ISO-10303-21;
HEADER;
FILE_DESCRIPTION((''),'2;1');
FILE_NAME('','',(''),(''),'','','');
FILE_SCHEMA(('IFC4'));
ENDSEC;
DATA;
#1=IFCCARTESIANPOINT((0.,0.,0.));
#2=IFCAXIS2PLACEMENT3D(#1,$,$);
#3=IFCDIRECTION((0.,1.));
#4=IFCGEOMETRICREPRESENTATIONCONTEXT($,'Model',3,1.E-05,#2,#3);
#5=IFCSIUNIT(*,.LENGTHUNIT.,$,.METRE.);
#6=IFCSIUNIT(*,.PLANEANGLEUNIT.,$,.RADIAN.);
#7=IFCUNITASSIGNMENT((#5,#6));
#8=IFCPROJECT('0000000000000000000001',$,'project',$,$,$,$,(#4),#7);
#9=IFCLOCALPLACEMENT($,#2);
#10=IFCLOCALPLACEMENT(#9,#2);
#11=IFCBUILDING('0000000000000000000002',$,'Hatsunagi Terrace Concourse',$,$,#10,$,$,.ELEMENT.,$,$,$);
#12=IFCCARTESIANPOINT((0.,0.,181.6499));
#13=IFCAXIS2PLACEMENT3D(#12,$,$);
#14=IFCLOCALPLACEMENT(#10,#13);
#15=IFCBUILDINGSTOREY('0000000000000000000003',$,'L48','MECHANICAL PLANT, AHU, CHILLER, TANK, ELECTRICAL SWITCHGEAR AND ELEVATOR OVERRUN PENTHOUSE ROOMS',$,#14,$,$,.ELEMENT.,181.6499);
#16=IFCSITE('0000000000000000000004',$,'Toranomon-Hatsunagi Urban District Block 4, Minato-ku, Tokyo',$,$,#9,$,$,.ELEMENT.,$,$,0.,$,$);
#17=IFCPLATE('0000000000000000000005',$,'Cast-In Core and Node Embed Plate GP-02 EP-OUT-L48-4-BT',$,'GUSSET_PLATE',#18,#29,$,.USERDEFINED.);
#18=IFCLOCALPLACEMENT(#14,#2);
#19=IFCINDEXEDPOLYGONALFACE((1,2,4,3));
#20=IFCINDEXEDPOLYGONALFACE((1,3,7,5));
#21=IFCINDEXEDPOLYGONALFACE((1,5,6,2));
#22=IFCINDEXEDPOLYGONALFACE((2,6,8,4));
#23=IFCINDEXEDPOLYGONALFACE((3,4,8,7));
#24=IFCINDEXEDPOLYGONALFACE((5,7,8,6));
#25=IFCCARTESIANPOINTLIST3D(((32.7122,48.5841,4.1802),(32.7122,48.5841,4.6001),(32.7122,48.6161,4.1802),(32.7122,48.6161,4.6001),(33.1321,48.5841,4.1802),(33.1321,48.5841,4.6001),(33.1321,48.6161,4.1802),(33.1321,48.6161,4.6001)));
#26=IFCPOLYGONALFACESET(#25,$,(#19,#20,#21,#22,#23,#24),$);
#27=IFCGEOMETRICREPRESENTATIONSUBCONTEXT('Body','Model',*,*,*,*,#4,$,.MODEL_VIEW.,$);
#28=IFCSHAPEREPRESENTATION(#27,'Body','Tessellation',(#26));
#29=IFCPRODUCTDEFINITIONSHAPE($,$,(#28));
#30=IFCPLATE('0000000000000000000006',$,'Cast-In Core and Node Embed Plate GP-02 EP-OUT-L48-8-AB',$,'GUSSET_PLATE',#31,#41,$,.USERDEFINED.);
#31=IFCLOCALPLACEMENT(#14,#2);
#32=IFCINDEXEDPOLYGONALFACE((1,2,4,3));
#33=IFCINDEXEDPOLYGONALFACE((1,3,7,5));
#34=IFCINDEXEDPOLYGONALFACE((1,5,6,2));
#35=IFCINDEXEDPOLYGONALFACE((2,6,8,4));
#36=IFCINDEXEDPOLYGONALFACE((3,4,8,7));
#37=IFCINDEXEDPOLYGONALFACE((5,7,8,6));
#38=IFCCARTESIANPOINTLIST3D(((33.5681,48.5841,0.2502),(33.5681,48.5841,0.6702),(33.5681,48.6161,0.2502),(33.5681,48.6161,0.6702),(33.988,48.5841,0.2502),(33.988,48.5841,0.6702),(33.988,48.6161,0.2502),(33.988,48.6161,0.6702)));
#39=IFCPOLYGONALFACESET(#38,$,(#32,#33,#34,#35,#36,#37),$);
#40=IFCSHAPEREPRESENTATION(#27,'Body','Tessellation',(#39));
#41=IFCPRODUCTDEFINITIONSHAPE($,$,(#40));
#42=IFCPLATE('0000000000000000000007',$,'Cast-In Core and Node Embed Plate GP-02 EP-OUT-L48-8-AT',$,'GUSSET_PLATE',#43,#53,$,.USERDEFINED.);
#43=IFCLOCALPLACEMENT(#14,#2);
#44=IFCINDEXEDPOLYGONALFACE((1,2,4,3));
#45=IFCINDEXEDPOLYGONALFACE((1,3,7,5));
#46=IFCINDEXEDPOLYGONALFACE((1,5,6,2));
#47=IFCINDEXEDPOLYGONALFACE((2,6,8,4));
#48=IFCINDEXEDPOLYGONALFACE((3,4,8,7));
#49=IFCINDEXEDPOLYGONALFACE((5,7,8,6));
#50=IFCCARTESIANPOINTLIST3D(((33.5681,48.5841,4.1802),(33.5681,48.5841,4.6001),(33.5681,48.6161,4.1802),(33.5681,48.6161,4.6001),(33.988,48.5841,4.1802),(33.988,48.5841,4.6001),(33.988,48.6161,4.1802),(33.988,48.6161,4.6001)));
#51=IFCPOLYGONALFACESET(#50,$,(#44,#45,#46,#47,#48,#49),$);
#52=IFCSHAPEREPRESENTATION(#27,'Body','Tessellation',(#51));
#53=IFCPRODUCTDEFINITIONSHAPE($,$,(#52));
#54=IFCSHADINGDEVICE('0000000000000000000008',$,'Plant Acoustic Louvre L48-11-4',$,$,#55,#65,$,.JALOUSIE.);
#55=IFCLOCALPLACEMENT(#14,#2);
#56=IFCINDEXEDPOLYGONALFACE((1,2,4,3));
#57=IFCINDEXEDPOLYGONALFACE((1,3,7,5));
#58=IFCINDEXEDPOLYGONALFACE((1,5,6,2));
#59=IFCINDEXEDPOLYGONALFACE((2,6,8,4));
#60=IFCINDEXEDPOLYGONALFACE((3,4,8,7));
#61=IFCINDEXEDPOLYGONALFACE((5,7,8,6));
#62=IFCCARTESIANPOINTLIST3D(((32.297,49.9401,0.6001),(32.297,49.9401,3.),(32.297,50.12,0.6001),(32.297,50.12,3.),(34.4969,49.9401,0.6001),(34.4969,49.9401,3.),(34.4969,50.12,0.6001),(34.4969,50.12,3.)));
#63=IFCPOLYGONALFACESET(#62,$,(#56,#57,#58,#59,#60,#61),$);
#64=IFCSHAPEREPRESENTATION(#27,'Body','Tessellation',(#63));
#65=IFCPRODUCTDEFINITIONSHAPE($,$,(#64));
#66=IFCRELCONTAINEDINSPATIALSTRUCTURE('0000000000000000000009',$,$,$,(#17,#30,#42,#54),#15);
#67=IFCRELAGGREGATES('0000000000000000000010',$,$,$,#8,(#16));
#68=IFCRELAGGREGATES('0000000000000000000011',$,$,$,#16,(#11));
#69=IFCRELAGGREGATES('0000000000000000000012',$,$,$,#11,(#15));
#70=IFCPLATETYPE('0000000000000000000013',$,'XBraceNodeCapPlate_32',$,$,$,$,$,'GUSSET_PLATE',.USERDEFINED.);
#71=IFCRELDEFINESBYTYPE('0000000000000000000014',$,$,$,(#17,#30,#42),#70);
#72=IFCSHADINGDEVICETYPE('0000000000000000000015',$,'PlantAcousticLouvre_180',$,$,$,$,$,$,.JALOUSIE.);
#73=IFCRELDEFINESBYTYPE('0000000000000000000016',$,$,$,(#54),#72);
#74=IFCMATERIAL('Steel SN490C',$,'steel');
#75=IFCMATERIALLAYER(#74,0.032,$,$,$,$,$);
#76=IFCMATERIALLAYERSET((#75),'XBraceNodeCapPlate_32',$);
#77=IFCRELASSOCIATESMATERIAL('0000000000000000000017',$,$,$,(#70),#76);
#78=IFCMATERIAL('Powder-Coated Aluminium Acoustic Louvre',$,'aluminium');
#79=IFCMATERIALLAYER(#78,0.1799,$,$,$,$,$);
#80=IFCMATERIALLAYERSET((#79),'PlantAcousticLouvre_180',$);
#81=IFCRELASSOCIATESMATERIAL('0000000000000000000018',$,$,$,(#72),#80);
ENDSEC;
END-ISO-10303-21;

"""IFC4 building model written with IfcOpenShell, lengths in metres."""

from ifc_helpers import new_model, si_unit, direction, frame, origin, origin_2d, place, context, subcontext, project, spatial, rectangle, extrude, material, layer, layer_set, type_object, element, save


model = new_model("IFC4")

# Units and contexts
model_context = context("Model", 3, precision=1e-05, world=origin(), true_north=direction((0.0, 1.0)))
body_context = subcontext(model_context, "Body", "Model", "MODEL_VIEW")
ifc_project = project(units=[si_unit("LENGTHUNIT", "METRE"), si_unit("PLANEANGLEUNIT", "RADIAN")], contexts=[model_context])

# Site, building, storey
site_placement = place(None, origin())
site = spatial("IfcSite", under=ifc_project, at=site_placement, Name="Toranomon-Hatsunagi Urban District Block 4, Minato-ku, Tokyo", CompositionType="ELEMENT", RefElevation=0.0)
building_placement = place(site_placement, origin())
building = spatial("IfcBuilding", under=site, at=building_placement, Name="Hatsunagi Terrace Concourse", CompositionType="ELEMENT")
storey_placement = place(building_placement, frame((0.0, 0.0, 181.6499)))
storey = spatial("IfcBuildingStorey", under=building, at=storey_placement, Name="L48", Description="MECHANICAL PLANT, AHU, CHILLER, TANK, ELECTRICAL SWITCHGEAR AND ELEVATOR OVERRUN PENTHOUSE ROOMS", CompositionType="ELEMENT", Elevation=181.6499)

# Plates
ifc_material_1 = material(Name="Steel SN490C", Category="steel")
ifc_layer_1 = layer(ifc_material_1, 0.032)
ifc_layer_set_1 = layer_set([ifc_layer_1], Name="XBraceNodeCapPlate_32")
plate_type_1 = type_object("IfcPlateType", Name="XBraceNodeCapPlate_32", ElementType="GUSSET_PLATE", PredefinedType="USERDEFINED", material=ifc_layer_set_1)
for number, where, z_axis, x_axis, name in (
    (1, (32.9221, 48.6001, 4.1802), (0.0, 0.0, 1.0), (1.0, 0.0, 0.0), "Cast-In Core and Node Embed Plate GP-02 EP-OUT-L48-4-BT"),
    (2, (33.7781, 48.6001, 0.2502), (0.0, 0.0, 1.0), (1.0, 0.0, 0.0), "Cast-In Core and Node Embed Plate GP-02 EP-OUT-L48-8-AB"),
    (3, (33.7781, 48.6001, 4.1802), (0.0, 0.0, 1.0), (1.0, 0.0, 0.0), "Cast-In Core and Node Embed Plate GP-02 EP-OUT-L48-8-AT"),
):
    element("IfcPlate", number, at=place(storey_placement, frame(where, z_axis=z_axis, x_axis=x_axis)), inside=storey, type_object=plate_type_1, Name=name, ObjectType="GUSSET_PLATE", PredefinedType="USERDEFINED", context=body_context, shape_type="SweptSolid", body=[
        extrude(rectangle(XDim=0.4199, YDim=0.032, at=origin_2d()), origin(), (0.0, 0.0, 1.0), 0.4199),
    ])

# Shading device
ifc_material_2 = material(Name="Powder-Coated Aluminium Acoustic Louvre", Category="aluminium")
ifc_layer_2 = layer(ifc_material_2, 0.1799)
ifc_layer_set_2 = layer_set([ifc_layer_2], Name="PlantAcousticLouvre_180")
shading_device_type = type_object("IfcShadingDeviceType", Name="PlantAcousticLouvre_180", PredefinedType="JALOUSIE", material=ifc_layer_set_2)
shading_device_placement = place(storey_placement, frame((33.397, 50.03, 0.6001), z_axis=(0.0, 0.0, 1.0), x_axis=(1.0, 0.0, 0.0)))
element("IfcShadingDevice", 4, at=shading_device_placement, inside=storey, type_object=shading_device_type, Name="Plant Acoustic Louvre L48-11-4", PredefinedType="JALOUSIE", context=body_context, shape_type="SweptSolid", body=[
    extrude(rectangle(XDim=2.2, YDim=0.1799, at=origin_2d()), origin(), (0.0, 0.0, 1.0), 2.3999),
])

save(model, "model.ifc")
